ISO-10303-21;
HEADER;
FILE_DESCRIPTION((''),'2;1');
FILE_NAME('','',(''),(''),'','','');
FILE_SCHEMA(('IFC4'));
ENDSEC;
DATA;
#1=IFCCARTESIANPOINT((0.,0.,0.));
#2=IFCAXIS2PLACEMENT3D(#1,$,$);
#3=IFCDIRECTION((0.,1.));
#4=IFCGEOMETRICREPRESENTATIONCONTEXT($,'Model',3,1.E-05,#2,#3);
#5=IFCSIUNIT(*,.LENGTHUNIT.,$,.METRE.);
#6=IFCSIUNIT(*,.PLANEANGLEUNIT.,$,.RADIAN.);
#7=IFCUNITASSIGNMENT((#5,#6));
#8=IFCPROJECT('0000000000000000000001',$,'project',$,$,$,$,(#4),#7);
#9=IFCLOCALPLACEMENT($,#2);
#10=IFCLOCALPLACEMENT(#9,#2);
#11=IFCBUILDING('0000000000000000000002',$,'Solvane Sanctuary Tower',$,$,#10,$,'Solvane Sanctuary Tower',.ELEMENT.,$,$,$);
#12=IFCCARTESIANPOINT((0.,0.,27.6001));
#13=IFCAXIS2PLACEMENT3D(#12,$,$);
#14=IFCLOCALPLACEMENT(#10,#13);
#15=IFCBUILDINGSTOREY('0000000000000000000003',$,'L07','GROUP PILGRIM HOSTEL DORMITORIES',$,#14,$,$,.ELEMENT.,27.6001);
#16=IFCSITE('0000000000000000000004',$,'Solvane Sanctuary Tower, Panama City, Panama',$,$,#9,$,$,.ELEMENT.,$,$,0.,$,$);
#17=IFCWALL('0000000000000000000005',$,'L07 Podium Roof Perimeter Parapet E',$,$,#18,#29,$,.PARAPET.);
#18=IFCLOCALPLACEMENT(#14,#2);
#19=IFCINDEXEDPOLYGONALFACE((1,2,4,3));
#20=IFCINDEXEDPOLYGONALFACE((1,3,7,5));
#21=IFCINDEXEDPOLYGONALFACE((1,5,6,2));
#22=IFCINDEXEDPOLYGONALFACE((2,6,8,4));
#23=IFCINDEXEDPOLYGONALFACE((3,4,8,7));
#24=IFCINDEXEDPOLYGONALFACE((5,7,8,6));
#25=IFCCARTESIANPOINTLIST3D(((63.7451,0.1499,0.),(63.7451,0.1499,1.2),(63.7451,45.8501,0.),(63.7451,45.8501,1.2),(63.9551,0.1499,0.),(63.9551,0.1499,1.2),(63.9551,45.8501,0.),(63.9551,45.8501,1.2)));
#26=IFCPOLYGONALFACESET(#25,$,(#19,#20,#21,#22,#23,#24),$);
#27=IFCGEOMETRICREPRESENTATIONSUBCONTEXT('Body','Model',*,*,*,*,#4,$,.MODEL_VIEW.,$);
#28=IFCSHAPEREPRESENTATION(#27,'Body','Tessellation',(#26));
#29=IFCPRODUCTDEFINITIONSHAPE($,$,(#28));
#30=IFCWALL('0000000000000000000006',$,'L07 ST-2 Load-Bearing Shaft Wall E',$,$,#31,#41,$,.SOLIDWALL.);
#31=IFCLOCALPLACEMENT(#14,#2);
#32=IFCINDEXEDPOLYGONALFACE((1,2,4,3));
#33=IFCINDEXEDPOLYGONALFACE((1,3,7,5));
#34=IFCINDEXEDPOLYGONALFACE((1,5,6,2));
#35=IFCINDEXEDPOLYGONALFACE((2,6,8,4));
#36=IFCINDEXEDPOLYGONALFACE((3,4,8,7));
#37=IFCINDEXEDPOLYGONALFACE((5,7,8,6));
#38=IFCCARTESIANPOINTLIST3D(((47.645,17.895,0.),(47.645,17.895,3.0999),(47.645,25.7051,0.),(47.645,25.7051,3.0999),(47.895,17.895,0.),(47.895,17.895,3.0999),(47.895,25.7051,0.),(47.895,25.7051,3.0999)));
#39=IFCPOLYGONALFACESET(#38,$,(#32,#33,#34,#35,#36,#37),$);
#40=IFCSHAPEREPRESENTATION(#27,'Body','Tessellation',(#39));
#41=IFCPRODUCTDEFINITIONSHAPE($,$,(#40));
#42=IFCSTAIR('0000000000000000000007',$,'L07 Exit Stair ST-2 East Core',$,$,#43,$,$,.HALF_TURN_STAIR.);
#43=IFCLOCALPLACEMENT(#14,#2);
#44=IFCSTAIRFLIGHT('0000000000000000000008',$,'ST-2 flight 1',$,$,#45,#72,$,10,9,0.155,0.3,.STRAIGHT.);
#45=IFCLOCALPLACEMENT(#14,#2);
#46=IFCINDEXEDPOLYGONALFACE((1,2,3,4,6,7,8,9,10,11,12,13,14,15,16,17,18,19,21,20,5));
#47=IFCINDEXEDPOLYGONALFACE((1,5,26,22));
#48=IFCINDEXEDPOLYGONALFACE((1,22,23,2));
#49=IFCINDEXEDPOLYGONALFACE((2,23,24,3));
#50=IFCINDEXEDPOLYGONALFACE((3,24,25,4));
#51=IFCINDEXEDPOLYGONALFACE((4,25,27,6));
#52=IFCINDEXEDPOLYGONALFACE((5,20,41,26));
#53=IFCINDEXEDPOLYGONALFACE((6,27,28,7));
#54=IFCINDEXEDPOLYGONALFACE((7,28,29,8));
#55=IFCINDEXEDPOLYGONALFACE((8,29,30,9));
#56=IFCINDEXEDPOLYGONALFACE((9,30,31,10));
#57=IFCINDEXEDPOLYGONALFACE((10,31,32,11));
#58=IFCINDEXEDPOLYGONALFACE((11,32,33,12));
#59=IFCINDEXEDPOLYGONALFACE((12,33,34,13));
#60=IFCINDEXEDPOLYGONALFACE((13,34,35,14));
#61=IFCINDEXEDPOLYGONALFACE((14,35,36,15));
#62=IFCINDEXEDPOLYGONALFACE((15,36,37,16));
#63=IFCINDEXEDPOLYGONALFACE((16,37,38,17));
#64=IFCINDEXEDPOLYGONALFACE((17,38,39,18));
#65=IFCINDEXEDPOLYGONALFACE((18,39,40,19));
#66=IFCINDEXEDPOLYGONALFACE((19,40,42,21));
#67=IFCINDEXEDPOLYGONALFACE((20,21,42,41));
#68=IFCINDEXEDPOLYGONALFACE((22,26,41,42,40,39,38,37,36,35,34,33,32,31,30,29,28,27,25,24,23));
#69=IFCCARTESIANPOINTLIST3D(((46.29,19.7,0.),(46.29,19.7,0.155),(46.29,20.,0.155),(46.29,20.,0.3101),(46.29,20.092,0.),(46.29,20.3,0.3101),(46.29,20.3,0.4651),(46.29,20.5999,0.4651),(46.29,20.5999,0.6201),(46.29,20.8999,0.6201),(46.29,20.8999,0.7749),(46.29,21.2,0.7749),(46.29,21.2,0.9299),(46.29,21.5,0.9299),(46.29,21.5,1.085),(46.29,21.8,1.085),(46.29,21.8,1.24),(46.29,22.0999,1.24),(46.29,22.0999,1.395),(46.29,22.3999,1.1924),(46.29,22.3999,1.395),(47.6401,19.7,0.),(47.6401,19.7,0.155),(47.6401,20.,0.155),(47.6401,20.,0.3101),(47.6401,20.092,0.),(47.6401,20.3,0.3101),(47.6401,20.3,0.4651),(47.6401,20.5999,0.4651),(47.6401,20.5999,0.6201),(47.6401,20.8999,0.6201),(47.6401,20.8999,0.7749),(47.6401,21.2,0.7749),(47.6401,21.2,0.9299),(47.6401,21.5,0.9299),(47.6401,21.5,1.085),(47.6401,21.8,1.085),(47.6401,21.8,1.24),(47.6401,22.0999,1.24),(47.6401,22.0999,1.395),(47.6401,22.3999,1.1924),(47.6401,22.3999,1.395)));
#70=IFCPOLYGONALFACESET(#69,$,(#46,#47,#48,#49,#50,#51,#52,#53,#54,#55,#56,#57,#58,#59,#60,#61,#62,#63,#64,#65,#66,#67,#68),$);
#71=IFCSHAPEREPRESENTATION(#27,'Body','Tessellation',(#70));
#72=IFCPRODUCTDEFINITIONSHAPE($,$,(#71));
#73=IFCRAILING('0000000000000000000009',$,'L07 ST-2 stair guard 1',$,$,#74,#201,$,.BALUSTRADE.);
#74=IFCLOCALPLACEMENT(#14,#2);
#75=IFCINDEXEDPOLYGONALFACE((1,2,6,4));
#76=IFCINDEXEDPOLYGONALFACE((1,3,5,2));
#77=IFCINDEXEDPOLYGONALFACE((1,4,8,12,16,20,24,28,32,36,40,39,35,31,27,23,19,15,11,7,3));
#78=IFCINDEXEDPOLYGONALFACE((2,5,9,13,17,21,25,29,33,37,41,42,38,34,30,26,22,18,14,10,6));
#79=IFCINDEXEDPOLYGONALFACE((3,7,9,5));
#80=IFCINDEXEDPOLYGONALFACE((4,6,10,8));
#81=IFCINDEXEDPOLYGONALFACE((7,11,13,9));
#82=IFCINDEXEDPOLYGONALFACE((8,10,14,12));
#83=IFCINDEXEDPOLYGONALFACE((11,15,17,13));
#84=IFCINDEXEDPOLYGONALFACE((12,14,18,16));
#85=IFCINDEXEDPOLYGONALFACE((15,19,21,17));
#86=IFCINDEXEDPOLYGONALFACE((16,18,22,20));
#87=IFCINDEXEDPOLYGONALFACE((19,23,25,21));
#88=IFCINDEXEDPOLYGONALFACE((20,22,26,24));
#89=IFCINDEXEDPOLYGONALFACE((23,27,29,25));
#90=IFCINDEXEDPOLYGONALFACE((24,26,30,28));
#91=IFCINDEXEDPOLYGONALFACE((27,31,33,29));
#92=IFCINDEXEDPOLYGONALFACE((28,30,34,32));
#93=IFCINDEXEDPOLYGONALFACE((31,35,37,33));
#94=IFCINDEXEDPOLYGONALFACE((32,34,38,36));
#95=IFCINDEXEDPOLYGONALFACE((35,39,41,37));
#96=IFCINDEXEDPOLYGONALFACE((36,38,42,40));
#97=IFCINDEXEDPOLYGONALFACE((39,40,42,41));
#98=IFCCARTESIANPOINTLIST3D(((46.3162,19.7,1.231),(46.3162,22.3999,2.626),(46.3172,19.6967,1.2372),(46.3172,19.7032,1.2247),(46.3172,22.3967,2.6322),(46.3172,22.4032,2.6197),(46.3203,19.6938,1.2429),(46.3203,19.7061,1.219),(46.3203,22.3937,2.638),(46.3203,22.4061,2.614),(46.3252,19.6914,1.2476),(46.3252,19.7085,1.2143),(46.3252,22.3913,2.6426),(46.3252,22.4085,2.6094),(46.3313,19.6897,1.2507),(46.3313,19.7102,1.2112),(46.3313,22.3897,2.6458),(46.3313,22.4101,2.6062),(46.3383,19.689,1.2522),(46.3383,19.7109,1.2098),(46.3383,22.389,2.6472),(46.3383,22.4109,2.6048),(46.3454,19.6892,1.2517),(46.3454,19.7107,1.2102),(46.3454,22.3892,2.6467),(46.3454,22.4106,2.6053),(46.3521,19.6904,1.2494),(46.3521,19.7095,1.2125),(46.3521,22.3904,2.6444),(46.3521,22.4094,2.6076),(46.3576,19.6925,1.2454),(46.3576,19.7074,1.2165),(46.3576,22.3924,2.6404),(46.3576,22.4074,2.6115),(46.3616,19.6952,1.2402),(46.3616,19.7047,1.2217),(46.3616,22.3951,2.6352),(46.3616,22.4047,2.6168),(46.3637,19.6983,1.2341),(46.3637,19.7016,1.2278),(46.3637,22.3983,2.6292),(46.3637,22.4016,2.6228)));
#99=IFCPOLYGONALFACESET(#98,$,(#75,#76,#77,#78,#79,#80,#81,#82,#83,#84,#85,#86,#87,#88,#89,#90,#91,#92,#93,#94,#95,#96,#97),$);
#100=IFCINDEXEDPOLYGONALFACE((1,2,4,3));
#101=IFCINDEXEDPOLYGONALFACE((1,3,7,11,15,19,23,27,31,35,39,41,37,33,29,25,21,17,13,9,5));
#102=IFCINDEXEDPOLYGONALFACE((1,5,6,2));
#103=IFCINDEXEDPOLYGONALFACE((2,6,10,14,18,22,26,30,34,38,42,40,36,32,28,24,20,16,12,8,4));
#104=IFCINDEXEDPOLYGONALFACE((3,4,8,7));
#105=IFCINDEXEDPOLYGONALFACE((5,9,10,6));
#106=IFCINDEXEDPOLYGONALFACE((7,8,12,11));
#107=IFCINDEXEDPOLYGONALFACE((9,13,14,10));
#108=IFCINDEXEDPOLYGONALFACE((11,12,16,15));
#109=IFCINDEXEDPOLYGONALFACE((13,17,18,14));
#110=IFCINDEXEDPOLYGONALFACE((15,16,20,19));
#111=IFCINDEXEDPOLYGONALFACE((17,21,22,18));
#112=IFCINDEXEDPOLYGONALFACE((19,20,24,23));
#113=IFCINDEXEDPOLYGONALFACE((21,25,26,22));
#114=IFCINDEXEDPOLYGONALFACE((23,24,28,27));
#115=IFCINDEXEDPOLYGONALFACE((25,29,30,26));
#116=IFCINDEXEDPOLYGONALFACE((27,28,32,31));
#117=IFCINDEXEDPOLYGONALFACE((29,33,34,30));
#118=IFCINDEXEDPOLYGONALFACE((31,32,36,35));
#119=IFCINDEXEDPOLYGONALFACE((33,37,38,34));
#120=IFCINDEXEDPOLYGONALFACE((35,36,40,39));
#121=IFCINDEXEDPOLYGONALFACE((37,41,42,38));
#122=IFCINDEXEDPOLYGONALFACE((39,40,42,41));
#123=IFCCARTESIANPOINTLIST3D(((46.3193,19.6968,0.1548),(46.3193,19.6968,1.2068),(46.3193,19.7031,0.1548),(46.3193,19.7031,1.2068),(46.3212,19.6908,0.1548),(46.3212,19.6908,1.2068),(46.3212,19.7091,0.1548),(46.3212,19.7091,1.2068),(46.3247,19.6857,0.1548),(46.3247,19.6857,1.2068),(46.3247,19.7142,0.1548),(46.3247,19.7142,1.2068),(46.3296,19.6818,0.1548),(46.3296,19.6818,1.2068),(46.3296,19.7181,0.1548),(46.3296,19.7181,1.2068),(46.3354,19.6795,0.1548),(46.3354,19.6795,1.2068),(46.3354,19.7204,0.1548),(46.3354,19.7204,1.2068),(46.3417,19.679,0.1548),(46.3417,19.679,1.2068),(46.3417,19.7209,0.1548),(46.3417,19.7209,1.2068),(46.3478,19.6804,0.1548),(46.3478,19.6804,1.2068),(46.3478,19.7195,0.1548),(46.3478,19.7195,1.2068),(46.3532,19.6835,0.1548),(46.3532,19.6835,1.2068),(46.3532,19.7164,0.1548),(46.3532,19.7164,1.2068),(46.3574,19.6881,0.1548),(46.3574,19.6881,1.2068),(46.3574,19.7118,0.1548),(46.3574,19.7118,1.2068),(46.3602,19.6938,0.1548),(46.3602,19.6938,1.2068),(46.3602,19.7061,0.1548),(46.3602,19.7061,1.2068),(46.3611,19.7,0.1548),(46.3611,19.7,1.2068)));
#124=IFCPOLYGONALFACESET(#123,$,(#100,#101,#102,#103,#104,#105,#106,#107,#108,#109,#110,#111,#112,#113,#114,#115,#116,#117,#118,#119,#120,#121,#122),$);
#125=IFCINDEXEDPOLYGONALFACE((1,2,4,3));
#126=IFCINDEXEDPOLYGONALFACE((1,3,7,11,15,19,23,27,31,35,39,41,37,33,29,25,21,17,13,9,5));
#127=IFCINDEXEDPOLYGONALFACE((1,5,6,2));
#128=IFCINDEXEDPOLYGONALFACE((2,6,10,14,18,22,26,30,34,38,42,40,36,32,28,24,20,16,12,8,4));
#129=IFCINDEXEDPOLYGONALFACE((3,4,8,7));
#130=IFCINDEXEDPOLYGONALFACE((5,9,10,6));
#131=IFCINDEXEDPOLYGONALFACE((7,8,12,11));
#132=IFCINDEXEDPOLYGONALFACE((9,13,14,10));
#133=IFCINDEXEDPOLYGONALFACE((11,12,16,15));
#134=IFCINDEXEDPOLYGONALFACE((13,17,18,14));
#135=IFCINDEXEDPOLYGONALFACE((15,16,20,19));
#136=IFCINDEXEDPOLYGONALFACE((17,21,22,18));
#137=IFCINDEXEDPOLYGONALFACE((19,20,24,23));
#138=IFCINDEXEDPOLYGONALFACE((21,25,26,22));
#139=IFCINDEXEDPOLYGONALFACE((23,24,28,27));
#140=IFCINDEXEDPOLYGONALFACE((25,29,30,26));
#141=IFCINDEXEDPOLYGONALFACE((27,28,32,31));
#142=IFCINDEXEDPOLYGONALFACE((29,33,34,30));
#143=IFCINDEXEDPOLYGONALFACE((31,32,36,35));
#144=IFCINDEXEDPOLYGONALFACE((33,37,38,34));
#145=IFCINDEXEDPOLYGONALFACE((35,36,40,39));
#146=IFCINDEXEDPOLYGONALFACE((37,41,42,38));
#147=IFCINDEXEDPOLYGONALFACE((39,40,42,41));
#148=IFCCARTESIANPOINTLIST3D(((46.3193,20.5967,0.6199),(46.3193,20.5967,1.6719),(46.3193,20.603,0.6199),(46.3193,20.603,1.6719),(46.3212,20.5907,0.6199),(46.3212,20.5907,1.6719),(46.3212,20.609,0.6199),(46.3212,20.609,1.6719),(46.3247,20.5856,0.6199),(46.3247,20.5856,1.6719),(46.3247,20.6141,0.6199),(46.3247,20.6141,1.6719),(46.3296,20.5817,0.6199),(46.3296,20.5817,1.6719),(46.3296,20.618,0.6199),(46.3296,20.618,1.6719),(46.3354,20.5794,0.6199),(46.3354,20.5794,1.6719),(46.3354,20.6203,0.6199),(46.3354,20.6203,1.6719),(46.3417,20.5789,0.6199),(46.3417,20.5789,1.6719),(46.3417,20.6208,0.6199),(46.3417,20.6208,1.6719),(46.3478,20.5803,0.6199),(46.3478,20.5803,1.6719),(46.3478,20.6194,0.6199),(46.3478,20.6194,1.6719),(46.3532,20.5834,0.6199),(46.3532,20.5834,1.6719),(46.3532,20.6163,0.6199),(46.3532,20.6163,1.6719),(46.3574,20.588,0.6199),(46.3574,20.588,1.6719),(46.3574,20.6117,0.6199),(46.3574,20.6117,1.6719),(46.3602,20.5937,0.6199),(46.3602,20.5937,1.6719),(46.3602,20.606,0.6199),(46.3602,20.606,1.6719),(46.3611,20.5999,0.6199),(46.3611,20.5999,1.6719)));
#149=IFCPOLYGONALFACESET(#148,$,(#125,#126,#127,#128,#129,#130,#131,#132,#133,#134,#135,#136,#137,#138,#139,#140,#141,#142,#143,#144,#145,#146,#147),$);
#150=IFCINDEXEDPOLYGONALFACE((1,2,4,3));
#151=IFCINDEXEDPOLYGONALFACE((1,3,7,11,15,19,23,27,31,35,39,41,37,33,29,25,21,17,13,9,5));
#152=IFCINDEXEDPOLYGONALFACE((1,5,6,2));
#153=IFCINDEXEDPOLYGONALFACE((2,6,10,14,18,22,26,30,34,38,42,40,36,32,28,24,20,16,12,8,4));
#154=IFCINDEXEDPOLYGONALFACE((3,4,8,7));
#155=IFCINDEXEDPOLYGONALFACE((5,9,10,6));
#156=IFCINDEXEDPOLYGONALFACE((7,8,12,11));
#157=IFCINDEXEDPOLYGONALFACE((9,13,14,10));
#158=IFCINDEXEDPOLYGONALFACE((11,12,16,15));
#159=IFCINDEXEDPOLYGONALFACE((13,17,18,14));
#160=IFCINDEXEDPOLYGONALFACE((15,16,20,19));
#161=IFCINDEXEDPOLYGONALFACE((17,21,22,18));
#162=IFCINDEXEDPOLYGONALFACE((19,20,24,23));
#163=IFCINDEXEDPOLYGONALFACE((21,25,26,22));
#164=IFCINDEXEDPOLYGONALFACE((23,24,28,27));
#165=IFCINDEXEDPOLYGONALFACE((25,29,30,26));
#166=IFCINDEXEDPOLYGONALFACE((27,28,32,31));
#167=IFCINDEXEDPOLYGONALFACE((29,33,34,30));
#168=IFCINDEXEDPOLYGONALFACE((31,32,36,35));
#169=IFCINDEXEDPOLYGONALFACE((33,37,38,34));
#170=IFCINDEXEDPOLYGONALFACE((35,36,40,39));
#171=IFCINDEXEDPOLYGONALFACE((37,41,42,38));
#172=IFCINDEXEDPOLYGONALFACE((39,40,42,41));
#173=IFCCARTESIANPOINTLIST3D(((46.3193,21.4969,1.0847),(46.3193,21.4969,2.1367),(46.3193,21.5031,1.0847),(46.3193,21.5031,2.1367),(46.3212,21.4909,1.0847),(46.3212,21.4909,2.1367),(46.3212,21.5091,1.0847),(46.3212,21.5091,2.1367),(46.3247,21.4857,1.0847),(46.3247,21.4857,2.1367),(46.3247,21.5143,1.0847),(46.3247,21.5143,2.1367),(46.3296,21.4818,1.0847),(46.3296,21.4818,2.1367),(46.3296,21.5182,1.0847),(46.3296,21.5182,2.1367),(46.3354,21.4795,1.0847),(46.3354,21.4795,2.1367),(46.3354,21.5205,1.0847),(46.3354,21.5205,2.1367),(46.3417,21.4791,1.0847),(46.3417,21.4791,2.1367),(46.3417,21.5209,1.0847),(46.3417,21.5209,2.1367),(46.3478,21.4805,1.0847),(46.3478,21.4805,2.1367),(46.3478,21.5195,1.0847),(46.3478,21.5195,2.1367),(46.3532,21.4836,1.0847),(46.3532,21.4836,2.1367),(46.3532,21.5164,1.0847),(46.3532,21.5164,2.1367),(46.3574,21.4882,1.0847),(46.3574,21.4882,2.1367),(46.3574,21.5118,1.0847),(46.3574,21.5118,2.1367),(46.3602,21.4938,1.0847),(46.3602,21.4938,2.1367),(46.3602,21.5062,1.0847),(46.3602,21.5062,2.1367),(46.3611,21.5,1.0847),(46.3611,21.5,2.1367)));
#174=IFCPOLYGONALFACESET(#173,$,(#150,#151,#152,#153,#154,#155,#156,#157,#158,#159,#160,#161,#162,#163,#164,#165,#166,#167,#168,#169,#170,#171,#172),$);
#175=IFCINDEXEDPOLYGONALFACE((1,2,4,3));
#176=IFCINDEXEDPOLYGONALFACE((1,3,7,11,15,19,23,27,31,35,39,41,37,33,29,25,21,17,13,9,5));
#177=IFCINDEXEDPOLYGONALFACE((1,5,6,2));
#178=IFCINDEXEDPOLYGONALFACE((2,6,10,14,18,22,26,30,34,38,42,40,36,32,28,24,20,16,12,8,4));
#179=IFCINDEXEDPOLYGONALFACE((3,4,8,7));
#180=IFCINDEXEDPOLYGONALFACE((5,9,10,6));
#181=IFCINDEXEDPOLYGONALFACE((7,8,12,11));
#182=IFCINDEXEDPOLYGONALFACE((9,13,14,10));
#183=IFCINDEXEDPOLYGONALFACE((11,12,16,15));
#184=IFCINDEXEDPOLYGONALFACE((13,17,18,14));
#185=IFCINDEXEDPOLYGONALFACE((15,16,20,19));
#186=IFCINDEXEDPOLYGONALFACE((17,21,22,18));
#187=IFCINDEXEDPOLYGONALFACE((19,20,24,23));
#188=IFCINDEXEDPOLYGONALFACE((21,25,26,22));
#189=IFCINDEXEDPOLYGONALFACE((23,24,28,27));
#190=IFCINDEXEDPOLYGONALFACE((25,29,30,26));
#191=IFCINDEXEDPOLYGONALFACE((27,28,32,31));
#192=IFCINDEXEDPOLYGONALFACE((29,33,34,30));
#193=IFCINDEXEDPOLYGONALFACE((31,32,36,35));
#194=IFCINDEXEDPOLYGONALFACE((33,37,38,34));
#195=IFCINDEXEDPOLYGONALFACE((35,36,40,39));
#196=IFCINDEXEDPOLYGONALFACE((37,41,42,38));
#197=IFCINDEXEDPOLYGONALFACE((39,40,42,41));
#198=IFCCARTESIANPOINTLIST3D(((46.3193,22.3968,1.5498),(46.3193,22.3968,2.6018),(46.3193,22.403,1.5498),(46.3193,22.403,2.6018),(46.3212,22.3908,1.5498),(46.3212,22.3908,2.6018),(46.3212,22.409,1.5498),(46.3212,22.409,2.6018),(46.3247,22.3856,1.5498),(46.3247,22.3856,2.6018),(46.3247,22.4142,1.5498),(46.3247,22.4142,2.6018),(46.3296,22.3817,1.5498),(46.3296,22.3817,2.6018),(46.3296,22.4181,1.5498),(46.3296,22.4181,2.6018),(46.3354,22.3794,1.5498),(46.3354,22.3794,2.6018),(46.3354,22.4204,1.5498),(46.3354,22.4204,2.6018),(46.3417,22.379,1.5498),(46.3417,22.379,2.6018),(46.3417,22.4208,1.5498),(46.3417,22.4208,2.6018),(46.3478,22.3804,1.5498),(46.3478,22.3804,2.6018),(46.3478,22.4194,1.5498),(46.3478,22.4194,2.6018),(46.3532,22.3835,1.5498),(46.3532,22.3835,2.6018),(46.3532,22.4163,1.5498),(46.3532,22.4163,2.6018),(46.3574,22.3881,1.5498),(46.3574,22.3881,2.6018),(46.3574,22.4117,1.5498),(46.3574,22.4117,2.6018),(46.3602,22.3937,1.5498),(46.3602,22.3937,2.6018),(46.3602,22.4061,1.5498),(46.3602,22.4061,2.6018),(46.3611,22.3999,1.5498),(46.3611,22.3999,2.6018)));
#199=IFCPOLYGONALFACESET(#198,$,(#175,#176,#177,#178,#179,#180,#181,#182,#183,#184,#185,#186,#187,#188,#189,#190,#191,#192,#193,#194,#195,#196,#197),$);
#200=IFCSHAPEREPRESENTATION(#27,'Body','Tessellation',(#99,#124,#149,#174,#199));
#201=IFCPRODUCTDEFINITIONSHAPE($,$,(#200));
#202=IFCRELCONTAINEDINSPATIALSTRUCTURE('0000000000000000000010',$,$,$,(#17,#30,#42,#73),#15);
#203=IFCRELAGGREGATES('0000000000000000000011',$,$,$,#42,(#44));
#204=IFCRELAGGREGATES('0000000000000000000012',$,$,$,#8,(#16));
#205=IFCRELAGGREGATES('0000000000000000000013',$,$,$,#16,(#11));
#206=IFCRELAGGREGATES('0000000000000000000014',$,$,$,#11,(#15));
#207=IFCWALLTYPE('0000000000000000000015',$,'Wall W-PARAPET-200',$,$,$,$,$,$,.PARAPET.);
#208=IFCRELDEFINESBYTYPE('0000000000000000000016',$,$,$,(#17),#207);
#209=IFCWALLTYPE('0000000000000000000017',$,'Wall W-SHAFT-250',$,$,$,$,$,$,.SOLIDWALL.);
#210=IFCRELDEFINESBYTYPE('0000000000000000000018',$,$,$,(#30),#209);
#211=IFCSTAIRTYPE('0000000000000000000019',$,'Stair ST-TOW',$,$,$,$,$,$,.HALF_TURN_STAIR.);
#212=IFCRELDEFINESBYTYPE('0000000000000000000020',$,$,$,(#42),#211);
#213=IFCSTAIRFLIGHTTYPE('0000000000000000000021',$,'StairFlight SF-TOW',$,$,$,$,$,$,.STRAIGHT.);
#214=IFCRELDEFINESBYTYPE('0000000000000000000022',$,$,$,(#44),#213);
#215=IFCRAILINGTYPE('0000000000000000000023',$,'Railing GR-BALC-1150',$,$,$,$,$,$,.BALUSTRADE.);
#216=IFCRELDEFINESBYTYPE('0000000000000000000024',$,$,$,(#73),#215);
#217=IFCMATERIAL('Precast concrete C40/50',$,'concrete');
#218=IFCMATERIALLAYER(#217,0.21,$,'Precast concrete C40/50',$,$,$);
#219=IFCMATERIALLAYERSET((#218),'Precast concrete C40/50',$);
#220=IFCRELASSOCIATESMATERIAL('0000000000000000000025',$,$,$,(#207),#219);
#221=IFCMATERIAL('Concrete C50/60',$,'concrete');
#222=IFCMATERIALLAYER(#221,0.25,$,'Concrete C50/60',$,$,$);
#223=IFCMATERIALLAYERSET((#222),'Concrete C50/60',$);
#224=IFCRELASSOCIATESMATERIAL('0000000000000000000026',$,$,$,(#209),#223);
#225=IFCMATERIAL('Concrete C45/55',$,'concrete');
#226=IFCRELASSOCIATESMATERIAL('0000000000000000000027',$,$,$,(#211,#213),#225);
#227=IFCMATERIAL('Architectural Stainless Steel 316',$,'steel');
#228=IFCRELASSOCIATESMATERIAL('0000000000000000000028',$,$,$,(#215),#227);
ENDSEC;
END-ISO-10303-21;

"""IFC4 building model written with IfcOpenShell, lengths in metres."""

from ifc_helpers import new_model, si_unit, direction, frame, frame_2d, origin, origin_2d, place, context, subcontext, project, spatial, polyline, rectangle, circle, outline, extrude, material, layer, layer_set, type_object, element, aggregate, save


model = new_model("IFC4")

# Units and contexts
model_context = context("Model", 3, precision=1e-05, world=origin(), true_north=direction((0.0, 1.0)))
body_context = subcontext(model_context, "Body", "Model", "MODEL_VIEW")
ifc_project = project(units=[si_unit("LENGTHUNIT", "METRE"), si_unit("PLANEANGLEUNIT", "RADIAN")], contexts=[model_context])

# Site, building, storey
site_placement = place(None, origin())
site = spatial("IfcSite", under=ifc_project, at=site_placement, Name="Solvane Sanctuary Tower, Panama City, Panama", CompositionType="ELEMENT", RefElevation=0.0)
building_placement = place(site_placement, origin())
building = spatial("IfcBuilding", under=site, at=building_placement, Name="Solvane Sanctuary Tower", LongName="Solvane Sanctuary Tower", CompositionType="ELEMENT")
storey_placement = place(building_placement, frame((0.0, 0.0, 27.6001)))
storey = spatial("IfcBuildingStorey", under=building, at=storey_placement, Name="L07", Description="GROUP PILGRIM HOSTEL DORMITORIES", CompositionType="ELEMENT", Elevation=27.6001)

# Shared definitions
ifc_material_1 = material(Name="Precast concrete C40/50", Category="concrete")

# Walls
ifc_layer_1 = layer(ifc_material_1, 0.21, Name="Precast concrete C40/50")
ifc_layer_set_1 = layer_set([ifc_layer_1], Name="Precast concrete C40/50")
wall_type_1 = type_object("IfcWallType", Name="Wall W-PARAPET-200", PredefinedType="PARAPET", material=ifc_layer_set_1)
wall_1_placement = place(storey_placement, frame((63.8501, 0.1499, 0.0), z_axis=(0.0, 0.0, 1.0), x_axis=(0.0, 1.0, 0.0)))
element("IfcWall", 1, at=wall_1_placement, inside=storey, type_object=wall_type_1, Name="L07 Podium Roof Perimeter Parapet E", PredefinedType="PARAPET", context=body_context, shape_type="SweptSolid", body=[
    extrude(rectangle(XDim=45.7002, YDim=0.21, at=frame_2d((22.8501, 0.0))), origin(), (0.0, 0.0, 1.0), 1.2),
])
ifc_material_2 = material(Name="Concrete C50/60", Category="concrete")
ifc_layer_2 = layer(ifc_material_2, 0.25, Name="Concrete C50/60")
ifc_layer_set_2 = layer_set([ifc_layer_2], Name="Concrete C50/60")
wall_type_2 = type_object("IfcWallType", Name="Wall W-SHAFT-250", PredefinedType="SOLIDWALL", material=ifc_layer_set_2)
wall_2_placement = place(storey_placement, frame((47.77, 17.895, 0.0), z_axis=(0.0, 0.0, 1.0), x_axis=(0.0, 1.0, 0.0)))
element("IfcWall", 2, at=wall_2_placement, inside=storey, type_object=wall_type_2, Name="L07 ST-2 Load-Bearing Shaft Wall E", PredefinedType="SOLIDWALL", context=body_context, shape_type="SweptSolid", body=[
    extrude(rectangle(XDim=7.8101, YDim=0.25, at=frame_2d((3.905, 0.0))), origin(), (0.0, 0.0, 1.0), 3.0999),
])

# Stair, stair flight
ifc_material_3 = material(Name="Concrete C45/55", Category="concrete")
stair_type = type_object("IfcStairType", Name="Stair ST-TOW", PredefinedType="HALF_TURN_STAIR", material=ifc_material_3)
stair_placement = place(storey_placement, origin())
stair = element("IfcStair", 3, at=stair_placement, inside=storey, type_object=stair_type, Name="L07 Exit Stair ST-2 East Core", PredefinedType="HALF_TURN_STAIR")
stair_flight_type = type_object("IfcStairFlightType", Name="StairFlight SF-TOW", PredefinedType="STRAIGHT", material=ifc_material_3)
stair_flight_placement = place(storey_placement, frame((46.9651, 19.7, 0.0), z_axis=(0.0, 0.0, 1.0), x_axis=(0.0, 1.0, 0.0)))
stair_flight = element("IfcStairFlight", 4, at=stair_flight_placement, type_object=stair_flight_type, Name="ST-2 flight 1", NumberOfRisers=10, NumberOfTreads=9, PredefinedType="STRAIGHT", RiserHeight=0.155, TreadLength=0.3, context=body_context, shape_type="SweptSolid", body=[
    extrude(outline(polyline([(0.0, 0.0), (0.0, 0.155), (0.3, 0.155), (0.3, 0.3101), (0.6001, 0.3101), (0.6001, 0.4651), (0.8999, 0.4651), (0.8999, 0.6201), (1.2, 0.6201), (1.2, 0.7749), (1.5, 0.7749), (1.5, 0.9299), (1.8, 0.9299), (1.8, 1.085), (2.1001, 1.085), (2.1001, 1.24), (2.3999, 1.24), (2.3999, 1.395), (2.7, 1.395), (2.7, 1.55), (2.7, 1.1924), (0.3921, 0.0), (0.0, 0.0)])), frame((0.0, 0.675, 0.0), z_axis=(0.0, -1.0, 0.0), x_axis=(1.0, 0.0, 0.0)), (0.0, 0.0, 1.0), 1.3501),
])
aggregate(stair, [stair_flight])

# Railing
ifc_material_4 = material(Name="Architectural Stainless Steel 316", Category="steel")
railing_type_1 = type_object("IfcRailingType", Name="Railing GR-BALC-1150", PredefinedType="BALUSTRADE", material=ifc_material_4)
railing_1_placement = place(storey_placement, frame((46.3401, 19.7, 0.1548)))
element("IfcRailing", 5, at=railing_1_placement, inside=storey, type_object=railing_type_1, Name="L07 ST-2 stair guard 1", PredefinedType="BALUSTRADE", context=body_context, shape_type="SweptSolid", body=[
    extrude(circle(Radius=0.0239, at=origin_2d()), frame((0.0, 0.0, 1.0762), z_axis=(0.0, 0.88842, 0.459032), x_axis=(-1.0, 0.0, 0.0)), (0.0, 0.0, 1.0), 3.0391),
    extrude(circle(Radius=0.021, at=origin_2d()), origin(), (0.0, 0.0, 1.0), 1.052),
    extrude(circle(Radius=0.021, at=origin_2d()), frame((0.0, 0.8999, 0.4651)), (0.0, 0.0, 1.0), 1.052),
    extrude(circle(Radius=0.021, at=origin_2d()), frame((0.0, 1.8, 0.9299)), (0.0, 0.0, 1.0), 1.052),
    extrude(circle(Radius=0.021, at=origin_2d()), frame((0.0, 2.7, 1.395)), (0.0, 0.0, 1.0), 1.052),
])

save(model, "model.ifc")
